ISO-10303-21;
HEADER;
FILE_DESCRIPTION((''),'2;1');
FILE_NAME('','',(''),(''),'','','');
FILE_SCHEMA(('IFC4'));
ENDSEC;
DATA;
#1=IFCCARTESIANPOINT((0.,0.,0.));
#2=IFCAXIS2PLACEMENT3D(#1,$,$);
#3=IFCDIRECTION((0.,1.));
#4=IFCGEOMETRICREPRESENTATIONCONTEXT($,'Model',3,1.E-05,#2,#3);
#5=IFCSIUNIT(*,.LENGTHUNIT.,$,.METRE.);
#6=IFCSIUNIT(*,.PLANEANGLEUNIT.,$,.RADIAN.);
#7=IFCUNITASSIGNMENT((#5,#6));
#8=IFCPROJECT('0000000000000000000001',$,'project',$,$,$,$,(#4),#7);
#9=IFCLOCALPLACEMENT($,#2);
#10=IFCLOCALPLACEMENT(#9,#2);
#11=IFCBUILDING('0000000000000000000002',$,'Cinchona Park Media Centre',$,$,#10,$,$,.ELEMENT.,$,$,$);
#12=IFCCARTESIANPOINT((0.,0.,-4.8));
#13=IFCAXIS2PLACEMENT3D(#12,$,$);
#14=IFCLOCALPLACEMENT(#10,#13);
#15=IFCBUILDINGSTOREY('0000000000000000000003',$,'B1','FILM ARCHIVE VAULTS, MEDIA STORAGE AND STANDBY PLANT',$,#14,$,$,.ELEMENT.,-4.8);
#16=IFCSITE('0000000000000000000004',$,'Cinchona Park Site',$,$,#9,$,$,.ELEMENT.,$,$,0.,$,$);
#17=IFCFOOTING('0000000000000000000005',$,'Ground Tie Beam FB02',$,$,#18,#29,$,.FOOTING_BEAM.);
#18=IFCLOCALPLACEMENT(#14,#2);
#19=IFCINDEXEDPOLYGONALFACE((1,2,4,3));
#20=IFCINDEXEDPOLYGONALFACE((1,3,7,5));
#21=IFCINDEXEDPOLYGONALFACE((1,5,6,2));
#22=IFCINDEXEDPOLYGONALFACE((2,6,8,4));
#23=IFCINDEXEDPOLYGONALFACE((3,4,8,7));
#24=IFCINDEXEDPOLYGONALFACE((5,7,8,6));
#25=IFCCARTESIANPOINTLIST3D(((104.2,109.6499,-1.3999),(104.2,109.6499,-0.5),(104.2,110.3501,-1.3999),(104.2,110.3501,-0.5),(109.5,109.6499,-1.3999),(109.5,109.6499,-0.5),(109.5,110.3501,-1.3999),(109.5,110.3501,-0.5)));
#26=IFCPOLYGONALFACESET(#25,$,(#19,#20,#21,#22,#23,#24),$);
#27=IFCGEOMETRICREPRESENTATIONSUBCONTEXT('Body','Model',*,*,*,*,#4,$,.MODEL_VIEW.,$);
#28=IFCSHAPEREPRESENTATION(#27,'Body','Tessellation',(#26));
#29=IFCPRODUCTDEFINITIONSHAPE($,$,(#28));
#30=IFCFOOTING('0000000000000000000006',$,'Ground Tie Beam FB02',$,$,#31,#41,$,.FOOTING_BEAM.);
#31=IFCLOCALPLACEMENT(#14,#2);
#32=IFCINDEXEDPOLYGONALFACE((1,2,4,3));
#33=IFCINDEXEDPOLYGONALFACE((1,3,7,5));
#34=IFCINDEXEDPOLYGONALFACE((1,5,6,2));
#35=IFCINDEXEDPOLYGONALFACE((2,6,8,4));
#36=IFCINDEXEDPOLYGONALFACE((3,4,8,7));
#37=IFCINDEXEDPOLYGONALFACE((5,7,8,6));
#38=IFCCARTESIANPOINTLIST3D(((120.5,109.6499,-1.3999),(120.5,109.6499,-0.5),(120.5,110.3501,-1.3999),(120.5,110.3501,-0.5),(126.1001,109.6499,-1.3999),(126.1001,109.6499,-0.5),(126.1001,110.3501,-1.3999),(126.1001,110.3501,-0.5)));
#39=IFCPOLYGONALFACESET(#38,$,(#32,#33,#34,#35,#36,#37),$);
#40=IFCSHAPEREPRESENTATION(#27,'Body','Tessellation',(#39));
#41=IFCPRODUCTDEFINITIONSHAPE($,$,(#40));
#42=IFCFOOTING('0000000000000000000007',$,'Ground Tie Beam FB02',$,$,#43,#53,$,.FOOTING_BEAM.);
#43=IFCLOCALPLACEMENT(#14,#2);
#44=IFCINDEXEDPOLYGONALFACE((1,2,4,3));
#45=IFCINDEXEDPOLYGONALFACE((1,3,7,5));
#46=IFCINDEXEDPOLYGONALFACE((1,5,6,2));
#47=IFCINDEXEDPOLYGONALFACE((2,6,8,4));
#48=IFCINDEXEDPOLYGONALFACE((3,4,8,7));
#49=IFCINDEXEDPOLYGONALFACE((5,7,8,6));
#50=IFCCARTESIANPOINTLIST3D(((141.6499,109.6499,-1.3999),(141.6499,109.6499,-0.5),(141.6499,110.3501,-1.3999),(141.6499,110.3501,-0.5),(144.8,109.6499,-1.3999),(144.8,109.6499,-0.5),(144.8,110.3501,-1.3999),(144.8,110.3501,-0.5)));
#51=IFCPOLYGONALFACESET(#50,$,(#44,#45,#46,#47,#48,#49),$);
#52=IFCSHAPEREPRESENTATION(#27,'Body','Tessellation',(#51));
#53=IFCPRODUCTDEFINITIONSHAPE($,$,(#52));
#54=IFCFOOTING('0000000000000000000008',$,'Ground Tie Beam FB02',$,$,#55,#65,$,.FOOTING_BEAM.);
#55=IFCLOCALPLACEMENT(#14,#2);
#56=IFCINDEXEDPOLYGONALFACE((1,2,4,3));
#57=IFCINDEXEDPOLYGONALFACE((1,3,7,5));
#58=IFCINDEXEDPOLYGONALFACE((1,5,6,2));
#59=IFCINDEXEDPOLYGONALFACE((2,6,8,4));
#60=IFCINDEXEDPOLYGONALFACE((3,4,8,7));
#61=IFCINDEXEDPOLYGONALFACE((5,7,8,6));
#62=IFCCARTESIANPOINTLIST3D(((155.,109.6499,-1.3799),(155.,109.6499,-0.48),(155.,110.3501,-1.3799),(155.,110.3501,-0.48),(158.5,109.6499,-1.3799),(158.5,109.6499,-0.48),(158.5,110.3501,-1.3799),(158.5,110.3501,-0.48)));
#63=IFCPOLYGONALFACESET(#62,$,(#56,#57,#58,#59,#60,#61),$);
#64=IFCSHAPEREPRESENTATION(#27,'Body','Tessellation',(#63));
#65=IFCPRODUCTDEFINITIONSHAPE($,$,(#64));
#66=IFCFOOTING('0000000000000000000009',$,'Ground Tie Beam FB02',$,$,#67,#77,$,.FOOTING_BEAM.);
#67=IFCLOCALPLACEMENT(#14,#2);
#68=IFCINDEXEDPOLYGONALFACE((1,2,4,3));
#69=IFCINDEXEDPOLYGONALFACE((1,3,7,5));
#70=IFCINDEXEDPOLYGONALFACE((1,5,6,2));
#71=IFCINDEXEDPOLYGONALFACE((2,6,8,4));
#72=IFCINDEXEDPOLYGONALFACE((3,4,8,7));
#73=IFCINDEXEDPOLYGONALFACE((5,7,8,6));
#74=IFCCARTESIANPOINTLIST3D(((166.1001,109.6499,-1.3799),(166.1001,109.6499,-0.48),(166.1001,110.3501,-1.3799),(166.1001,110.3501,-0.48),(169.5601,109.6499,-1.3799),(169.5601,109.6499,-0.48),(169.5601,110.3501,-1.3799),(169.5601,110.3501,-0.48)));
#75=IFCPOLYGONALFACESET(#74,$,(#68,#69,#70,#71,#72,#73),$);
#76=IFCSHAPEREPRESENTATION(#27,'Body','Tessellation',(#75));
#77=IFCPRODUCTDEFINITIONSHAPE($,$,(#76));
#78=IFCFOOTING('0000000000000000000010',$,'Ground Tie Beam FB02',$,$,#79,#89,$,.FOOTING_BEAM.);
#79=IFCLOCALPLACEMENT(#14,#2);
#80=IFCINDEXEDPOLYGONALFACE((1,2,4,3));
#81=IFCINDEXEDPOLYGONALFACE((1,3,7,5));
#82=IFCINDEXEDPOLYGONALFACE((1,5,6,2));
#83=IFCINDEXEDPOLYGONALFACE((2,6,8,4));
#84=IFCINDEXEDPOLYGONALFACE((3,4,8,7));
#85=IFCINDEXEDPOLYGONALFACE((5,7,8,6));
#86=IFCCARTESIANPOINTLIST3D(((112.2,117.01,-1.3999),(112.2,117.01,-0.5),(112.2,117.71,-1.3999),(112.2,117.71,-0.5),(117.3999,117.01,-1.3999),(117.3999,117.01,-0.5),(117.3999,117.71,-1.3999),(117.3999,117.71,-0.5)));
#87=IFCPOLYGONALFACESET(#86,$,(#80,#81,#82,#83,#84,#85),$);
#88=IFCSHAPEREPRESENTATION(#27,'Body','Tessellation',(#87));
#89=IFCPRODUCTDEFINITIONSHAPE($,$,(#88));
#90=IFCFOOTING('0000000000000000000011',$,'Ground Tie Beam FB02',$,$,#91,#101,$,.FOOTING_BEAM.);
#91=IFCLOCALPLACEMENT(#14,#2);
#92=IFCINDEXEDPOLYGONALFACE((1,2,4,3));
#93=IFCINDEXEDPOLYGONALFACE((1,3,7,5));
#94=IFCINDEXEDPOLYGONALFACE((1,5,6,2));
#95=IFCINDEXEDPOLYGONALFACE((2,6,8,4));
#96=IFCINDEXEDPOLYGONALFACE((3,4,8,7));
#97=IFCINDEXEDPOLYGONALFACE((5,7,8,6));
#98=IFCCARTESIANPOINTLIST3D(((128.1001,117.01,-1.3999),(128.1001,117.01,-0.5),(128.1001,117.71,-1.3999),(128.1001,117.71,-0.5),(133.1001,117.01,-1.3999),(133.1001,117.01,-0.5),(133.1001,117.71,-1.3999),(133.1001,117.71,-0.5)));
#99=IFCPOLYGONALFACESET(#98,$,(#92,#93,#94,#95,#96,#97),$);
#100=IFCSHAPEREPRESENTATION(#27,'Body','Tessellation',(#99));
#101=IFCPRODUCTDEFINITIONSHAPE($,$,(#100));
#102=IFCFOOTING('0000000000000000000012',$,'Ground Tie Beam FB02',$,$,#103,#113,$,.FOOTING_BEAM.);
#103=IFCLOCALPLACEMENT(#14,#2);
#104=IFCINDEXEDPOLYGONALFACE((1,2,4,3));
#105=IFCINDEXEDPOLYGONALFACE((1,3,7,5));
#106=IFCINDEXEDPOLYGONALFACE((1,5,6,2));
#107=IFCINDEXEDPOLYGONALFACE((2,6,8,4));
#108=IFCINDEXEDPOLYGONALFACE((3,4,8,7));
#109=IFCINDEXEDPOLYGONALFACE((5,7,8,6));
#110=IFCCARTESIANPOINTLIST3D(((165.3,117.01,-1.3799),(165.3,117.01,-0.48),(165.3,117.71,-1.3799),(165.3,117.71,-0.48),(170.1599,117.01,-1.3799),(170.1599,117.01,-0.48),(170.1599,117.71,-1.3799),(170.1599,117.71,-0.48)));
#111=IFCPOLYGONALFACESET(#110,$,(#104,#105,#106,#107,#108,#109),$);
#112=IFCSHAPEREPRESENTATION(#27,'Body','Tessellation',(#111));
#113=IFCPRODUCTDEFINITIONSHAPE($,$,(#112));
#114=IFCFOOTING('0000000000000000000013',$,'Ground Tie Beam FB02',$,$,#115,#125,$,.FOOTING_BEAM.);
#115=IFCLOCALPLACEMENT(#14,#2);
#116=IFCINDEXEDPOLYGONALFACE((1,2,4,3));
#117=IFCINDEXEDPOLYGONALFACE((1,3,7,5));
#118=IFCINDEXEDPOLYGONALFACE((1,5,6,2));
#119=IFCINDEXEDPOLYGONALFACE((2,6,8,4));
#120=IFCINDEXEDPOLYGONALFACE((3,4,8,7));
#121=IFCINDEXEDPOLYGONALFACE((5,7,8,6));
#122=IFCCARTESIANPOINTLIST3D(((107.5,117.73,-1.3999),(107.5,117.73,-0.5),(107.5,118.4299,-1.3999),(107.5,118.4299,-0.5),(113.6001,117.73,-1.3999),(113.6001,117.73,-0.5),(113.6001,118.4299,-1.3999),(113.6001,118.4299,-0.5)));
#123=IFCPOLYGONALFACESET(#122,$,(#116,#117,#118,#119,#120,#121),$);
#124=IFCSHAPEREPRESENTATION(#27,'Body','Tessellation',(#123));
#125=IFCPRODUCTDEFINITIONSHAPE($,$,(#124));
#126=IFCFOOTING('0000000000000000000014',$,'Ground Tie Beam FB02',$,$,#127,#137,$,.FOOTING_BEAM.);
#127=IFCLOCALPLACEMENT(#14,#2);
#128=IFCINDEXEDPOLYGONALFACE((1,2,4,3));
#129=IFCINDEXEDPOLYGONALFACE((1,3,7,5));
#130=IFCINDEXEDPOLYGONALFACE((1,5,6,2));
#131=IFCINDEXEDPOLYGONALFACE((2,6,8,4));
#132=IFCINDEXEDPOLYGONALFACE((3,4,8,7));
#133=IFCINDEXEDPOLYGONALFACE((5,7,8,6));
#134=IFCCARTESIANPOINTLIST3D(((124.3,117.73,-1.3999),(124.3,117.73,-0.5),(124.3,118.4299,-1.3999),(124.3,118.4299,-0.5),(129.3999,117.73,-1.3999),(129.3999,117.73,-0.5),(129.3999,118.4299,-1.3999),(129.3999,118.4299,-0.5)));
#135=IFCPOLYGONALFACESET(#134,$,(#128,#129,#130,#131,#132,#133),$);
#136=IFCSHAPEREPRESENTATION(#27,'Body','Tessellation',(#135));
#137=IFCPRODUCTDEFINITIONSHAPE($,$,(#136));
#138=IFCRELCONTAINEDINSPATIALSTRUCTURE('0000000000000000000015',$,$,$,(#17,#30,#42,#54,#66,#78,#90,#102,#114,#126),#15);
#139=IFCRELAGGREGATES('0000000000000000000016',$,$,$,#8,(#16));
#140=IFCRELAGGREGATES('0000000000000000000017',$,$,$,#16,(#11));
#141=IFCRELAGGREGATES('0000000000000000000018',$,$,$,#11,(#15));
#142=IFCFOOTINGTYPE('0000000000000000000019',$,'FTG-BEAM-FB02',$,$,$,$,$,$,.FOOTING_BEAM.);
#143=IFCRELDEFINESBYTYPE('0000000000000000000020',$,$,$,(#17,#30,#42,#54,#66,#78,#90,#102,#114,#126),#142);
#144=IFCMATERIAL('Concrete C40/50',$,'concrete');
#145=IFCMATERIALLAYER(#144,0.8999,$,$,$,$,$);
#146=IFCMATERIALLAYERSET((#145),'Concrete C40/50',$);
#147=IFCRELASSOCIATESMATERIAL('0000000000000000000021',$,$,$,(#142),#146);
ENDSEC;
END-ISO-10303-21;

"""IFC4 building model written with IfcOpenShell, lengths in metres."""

from ifc_helpers import new_model, si_unit, direction, frame, origin, place, context, subcontext, project, spatial, polyline, outline, extrude, material, layer, layer_set, type_object, element, save


model = new_model("IFC4")

# Units and contexts
model_context = context("Model", 3, precision=1e-05, world=origin(), true_north=direction((0.0, 1.0)))
body_context = subcontext(model_context, "Body", "Model", "MODEL_VIEW")
ifc_project = project(units=[si_unit("LENGTHUNIT", "METRE"), si_unit("PLANEANGLEUNIT", "RADIAN")], contexts=[model_context])

# Site, building, storey
site_placement = place(None, origin())
site = spatial("IfcSite", under=ifc_project, at=site_placement, Name="Cinchona Park Site", CompositionType="ELEMENT", RefElevation=0.0)
building_placement = place(site_placement, origin())
building = spatial("IfcBuilding", under=site, at=building_placement, Name="Cinchona Park Media Centre", CompositionType="ELEMENT")
storey_placement = place(building_placement, frame((0.0, 0.0, -4.8)))
storey = spatial("IfcBuildingStorey", under=building, at=storey_placement, Name="B1", Description="FILM ARCHIVE VAULTS, MEDIA STORAGE AND STANDBY PLANT", CompositionType="ELEMENT", Elevation=-4.8)

# Footings
ifc_material = material(Name="Concrete C40/50", Category="concrete")
ifc_layer = layer(ifc_material, 0.8999)
ifc_layer_set = layer_set([ifc_layer], Name="Concrete C40/50")
footing_type = type_object("IfcFootingType", Name="FTG-BEAM-FB02", PredefinedType="FOOTING_BEAM", material=ifc_layer_set)
footing_1_placement = place(storey_placement, frame((0.0, 0.0, -1.3999)))
element("IfcFooting", 1, at=footing_1_placement, inside=storey, type_object=footing_type, Name="Ground Tie Beam FB02", PredefinedType="FOOTING_BEAM", context=body_context, shape_type="SweptSolid", body=[
    extrude(outline(polyline([(104.2, 109.6499), (109.5, 109.6499), (109.5, 110.3501), (104.2, 110.3501), (104.2, 109.6499)])), origin(), (0.0, 0.0, 1.0), 0.8999),
])
footing_2_placement = place(storey_placement, frame((0.0, 0.0, -1.3999)))
element("IfcFooting", 2, at=footing_2_placement, inside=storey, type_object=footing_type, Name="Ground Tie Beam FB02", PredefinedType="FOOTING_BEAM", context=body_context, shape_type="SweptSolid", body=[
    extrude(outline(polyline([(120.5, 109.6499), (126.1001, 109.6499), (126.1001, 110.3501), (120.5, 110.3501), (120.5, 109.6499)])), origin(), (0.0, 0.0, 1.0), 0.8999),
])
footing_3_placement = place(storey_placement, frame((0.0, 0.0, -1.3999)))
element("IfcFooting", 3, at=footing_3_placement, inside=storey, type_object=footing_type, Name="Ground Tie Beam FB02", PredefinedType="FOOTING_BEAM", context=body_context, shape_type="SweptSolid", body=[
    extrude(outline(polyline([(141.6499, 109.6499), (144.8, 109.6499), (144.8, 110.3501), (141.6499, 110.3501), (141.6499, 109.6499)])), origin(), (0.0, 0.0, 1.0), 0.8999),
])
footing_4_placement = place(storey_placement, frame((0.0, 0.0, -1.3799)))
element("IfcFooting", 4, at=footing_4_placement, inside=storey, type_object=footing_type, Name="Ground Tie Beam FB02", PredefinedType="FOOTING_BEAM", context=body_context, shape_type="SweptSolid", body=[
    extrude(outline(polyline([(155.0, 109.6499), (158.5, 109.6499), (158.5, 110.3501), (155.0, 110.3501), (155.0, 109.6499)])), origin(), (0.0, 0.0, 1.0), 0.8999),
])
footing_5_placement = place(storey_placement, frame((0.0, 0.0, -1.3799)))
element("IfcFooting", 5, at=footing_5_placement, inside=storey, type_object=footing_type, Name="Ground Tie Beam FB02", PredefinedType="FOOTING_BEAM", context=body_context, shape_type="SweptSolid", body=[
    extrude(outline(polyline([(166.1001, 109.6499), (169.5601, 109.6499), (169.5601, 110.3501), (166.1001, 110.3501), (166.1001, 109.6499)])), origin(), (0.0, 0.0, 1.0), 0.8999),
])
footing_6_placement = place(storey_placement, frame((0.0, 0.0, -1.3999)))
element("IfcFooting", 6, at=footing_6_placement, inside=storey, type_object=footing_type, Name="Ground Tie Beam FB02", PredefinedType="FOOTING_BEAM", context=body_context, shape_type="SweptSolid", body=[
    extrude(outline(polyline([(112.2, 117.01), (117.3999, 117.01), (117.3999, 117.71), (112.2, 117.71), (112.2, 117.01)])), origin(), (0.0, 0.0, 1.0), 0.8999),
])
footing_7_placement = place(storey_placement, frame((0.0, 0.0, -1.3999)))
element("IfcFooting", 7, at=footing_7_placement, inside=storey, type_object=footing_type, Name="Ground Tie Beam FB02", PredefinedType="FOOTING_BEAM", context=body_context, shape_type="SweptSolid", body=[
    extrude(outline(polyline([(128.1001, 117.01), (133.1001, 117.01), (133.1001, 117.71), (128.1001, 117.71), (128.1001, 117.01)])), origin(), (0.0, 0.0, 1.0), 0.8999),
])
footing_8_placement = place(storey_placement, frame((0.0, 0.0, -1.3799)))
element("IfcFooting", 8, at=footing_8_placement, inside=storey, type_object=footing_type, Name="Ground Tie Beam FB02", PredefinedType="FOOTING_BEAM", context=body_context, shape_type="SweptSolid", body=[
    extrude(outline(polyline([(165.3, 117.01), (170.1599, 117.01), (170.1599, 117.71), (165.3, 117.71), (165.3, 117.01)])), origin(), (0.0, 0.0, 1.0), 0.8999),
])
footing_9_placement = place(storey_placement, frame((0.0, 0.0, -1.3999)))
element("IfcFooting", 9, at=footing_9_placement, inside=storey, type_object=footing_type, Name="Ground Tie Beam FB02", PredefinedType="FOOTING_BEAM", context=body_context, shape_type="SweptSolid", body=[
    extrude(outline(polyline([(107.5, 117.73), (113.6001, 117.73), (113.6001, 118.4299), (107.5, 118.4299), (107.5, 117.73)])), origin(), (0.0, 0.0, 1.0), 0.8999),
])
footing_10_placement = place(storey_placement, frame((0.0, 0.0, -1.3999)))
element("IfcFooting", 10, at=footing_10_placement, inside=storey, type_object=footing_type, Name="Ground Tie Beam FB02", PredefinedType="FOOTING_BEAM", context=body_context, shape_type="SweptSolid", body=[
    extrude(outline(polyline([(124.3, 117.73), (129.3999, 117.73), (129.3999, 118.4299), (124.3, 118.4299), (124.3, 117.73)])), origin(), (0.0, 0.0, 1.0), 0.8999),
])

save(model, "model.ifc")
